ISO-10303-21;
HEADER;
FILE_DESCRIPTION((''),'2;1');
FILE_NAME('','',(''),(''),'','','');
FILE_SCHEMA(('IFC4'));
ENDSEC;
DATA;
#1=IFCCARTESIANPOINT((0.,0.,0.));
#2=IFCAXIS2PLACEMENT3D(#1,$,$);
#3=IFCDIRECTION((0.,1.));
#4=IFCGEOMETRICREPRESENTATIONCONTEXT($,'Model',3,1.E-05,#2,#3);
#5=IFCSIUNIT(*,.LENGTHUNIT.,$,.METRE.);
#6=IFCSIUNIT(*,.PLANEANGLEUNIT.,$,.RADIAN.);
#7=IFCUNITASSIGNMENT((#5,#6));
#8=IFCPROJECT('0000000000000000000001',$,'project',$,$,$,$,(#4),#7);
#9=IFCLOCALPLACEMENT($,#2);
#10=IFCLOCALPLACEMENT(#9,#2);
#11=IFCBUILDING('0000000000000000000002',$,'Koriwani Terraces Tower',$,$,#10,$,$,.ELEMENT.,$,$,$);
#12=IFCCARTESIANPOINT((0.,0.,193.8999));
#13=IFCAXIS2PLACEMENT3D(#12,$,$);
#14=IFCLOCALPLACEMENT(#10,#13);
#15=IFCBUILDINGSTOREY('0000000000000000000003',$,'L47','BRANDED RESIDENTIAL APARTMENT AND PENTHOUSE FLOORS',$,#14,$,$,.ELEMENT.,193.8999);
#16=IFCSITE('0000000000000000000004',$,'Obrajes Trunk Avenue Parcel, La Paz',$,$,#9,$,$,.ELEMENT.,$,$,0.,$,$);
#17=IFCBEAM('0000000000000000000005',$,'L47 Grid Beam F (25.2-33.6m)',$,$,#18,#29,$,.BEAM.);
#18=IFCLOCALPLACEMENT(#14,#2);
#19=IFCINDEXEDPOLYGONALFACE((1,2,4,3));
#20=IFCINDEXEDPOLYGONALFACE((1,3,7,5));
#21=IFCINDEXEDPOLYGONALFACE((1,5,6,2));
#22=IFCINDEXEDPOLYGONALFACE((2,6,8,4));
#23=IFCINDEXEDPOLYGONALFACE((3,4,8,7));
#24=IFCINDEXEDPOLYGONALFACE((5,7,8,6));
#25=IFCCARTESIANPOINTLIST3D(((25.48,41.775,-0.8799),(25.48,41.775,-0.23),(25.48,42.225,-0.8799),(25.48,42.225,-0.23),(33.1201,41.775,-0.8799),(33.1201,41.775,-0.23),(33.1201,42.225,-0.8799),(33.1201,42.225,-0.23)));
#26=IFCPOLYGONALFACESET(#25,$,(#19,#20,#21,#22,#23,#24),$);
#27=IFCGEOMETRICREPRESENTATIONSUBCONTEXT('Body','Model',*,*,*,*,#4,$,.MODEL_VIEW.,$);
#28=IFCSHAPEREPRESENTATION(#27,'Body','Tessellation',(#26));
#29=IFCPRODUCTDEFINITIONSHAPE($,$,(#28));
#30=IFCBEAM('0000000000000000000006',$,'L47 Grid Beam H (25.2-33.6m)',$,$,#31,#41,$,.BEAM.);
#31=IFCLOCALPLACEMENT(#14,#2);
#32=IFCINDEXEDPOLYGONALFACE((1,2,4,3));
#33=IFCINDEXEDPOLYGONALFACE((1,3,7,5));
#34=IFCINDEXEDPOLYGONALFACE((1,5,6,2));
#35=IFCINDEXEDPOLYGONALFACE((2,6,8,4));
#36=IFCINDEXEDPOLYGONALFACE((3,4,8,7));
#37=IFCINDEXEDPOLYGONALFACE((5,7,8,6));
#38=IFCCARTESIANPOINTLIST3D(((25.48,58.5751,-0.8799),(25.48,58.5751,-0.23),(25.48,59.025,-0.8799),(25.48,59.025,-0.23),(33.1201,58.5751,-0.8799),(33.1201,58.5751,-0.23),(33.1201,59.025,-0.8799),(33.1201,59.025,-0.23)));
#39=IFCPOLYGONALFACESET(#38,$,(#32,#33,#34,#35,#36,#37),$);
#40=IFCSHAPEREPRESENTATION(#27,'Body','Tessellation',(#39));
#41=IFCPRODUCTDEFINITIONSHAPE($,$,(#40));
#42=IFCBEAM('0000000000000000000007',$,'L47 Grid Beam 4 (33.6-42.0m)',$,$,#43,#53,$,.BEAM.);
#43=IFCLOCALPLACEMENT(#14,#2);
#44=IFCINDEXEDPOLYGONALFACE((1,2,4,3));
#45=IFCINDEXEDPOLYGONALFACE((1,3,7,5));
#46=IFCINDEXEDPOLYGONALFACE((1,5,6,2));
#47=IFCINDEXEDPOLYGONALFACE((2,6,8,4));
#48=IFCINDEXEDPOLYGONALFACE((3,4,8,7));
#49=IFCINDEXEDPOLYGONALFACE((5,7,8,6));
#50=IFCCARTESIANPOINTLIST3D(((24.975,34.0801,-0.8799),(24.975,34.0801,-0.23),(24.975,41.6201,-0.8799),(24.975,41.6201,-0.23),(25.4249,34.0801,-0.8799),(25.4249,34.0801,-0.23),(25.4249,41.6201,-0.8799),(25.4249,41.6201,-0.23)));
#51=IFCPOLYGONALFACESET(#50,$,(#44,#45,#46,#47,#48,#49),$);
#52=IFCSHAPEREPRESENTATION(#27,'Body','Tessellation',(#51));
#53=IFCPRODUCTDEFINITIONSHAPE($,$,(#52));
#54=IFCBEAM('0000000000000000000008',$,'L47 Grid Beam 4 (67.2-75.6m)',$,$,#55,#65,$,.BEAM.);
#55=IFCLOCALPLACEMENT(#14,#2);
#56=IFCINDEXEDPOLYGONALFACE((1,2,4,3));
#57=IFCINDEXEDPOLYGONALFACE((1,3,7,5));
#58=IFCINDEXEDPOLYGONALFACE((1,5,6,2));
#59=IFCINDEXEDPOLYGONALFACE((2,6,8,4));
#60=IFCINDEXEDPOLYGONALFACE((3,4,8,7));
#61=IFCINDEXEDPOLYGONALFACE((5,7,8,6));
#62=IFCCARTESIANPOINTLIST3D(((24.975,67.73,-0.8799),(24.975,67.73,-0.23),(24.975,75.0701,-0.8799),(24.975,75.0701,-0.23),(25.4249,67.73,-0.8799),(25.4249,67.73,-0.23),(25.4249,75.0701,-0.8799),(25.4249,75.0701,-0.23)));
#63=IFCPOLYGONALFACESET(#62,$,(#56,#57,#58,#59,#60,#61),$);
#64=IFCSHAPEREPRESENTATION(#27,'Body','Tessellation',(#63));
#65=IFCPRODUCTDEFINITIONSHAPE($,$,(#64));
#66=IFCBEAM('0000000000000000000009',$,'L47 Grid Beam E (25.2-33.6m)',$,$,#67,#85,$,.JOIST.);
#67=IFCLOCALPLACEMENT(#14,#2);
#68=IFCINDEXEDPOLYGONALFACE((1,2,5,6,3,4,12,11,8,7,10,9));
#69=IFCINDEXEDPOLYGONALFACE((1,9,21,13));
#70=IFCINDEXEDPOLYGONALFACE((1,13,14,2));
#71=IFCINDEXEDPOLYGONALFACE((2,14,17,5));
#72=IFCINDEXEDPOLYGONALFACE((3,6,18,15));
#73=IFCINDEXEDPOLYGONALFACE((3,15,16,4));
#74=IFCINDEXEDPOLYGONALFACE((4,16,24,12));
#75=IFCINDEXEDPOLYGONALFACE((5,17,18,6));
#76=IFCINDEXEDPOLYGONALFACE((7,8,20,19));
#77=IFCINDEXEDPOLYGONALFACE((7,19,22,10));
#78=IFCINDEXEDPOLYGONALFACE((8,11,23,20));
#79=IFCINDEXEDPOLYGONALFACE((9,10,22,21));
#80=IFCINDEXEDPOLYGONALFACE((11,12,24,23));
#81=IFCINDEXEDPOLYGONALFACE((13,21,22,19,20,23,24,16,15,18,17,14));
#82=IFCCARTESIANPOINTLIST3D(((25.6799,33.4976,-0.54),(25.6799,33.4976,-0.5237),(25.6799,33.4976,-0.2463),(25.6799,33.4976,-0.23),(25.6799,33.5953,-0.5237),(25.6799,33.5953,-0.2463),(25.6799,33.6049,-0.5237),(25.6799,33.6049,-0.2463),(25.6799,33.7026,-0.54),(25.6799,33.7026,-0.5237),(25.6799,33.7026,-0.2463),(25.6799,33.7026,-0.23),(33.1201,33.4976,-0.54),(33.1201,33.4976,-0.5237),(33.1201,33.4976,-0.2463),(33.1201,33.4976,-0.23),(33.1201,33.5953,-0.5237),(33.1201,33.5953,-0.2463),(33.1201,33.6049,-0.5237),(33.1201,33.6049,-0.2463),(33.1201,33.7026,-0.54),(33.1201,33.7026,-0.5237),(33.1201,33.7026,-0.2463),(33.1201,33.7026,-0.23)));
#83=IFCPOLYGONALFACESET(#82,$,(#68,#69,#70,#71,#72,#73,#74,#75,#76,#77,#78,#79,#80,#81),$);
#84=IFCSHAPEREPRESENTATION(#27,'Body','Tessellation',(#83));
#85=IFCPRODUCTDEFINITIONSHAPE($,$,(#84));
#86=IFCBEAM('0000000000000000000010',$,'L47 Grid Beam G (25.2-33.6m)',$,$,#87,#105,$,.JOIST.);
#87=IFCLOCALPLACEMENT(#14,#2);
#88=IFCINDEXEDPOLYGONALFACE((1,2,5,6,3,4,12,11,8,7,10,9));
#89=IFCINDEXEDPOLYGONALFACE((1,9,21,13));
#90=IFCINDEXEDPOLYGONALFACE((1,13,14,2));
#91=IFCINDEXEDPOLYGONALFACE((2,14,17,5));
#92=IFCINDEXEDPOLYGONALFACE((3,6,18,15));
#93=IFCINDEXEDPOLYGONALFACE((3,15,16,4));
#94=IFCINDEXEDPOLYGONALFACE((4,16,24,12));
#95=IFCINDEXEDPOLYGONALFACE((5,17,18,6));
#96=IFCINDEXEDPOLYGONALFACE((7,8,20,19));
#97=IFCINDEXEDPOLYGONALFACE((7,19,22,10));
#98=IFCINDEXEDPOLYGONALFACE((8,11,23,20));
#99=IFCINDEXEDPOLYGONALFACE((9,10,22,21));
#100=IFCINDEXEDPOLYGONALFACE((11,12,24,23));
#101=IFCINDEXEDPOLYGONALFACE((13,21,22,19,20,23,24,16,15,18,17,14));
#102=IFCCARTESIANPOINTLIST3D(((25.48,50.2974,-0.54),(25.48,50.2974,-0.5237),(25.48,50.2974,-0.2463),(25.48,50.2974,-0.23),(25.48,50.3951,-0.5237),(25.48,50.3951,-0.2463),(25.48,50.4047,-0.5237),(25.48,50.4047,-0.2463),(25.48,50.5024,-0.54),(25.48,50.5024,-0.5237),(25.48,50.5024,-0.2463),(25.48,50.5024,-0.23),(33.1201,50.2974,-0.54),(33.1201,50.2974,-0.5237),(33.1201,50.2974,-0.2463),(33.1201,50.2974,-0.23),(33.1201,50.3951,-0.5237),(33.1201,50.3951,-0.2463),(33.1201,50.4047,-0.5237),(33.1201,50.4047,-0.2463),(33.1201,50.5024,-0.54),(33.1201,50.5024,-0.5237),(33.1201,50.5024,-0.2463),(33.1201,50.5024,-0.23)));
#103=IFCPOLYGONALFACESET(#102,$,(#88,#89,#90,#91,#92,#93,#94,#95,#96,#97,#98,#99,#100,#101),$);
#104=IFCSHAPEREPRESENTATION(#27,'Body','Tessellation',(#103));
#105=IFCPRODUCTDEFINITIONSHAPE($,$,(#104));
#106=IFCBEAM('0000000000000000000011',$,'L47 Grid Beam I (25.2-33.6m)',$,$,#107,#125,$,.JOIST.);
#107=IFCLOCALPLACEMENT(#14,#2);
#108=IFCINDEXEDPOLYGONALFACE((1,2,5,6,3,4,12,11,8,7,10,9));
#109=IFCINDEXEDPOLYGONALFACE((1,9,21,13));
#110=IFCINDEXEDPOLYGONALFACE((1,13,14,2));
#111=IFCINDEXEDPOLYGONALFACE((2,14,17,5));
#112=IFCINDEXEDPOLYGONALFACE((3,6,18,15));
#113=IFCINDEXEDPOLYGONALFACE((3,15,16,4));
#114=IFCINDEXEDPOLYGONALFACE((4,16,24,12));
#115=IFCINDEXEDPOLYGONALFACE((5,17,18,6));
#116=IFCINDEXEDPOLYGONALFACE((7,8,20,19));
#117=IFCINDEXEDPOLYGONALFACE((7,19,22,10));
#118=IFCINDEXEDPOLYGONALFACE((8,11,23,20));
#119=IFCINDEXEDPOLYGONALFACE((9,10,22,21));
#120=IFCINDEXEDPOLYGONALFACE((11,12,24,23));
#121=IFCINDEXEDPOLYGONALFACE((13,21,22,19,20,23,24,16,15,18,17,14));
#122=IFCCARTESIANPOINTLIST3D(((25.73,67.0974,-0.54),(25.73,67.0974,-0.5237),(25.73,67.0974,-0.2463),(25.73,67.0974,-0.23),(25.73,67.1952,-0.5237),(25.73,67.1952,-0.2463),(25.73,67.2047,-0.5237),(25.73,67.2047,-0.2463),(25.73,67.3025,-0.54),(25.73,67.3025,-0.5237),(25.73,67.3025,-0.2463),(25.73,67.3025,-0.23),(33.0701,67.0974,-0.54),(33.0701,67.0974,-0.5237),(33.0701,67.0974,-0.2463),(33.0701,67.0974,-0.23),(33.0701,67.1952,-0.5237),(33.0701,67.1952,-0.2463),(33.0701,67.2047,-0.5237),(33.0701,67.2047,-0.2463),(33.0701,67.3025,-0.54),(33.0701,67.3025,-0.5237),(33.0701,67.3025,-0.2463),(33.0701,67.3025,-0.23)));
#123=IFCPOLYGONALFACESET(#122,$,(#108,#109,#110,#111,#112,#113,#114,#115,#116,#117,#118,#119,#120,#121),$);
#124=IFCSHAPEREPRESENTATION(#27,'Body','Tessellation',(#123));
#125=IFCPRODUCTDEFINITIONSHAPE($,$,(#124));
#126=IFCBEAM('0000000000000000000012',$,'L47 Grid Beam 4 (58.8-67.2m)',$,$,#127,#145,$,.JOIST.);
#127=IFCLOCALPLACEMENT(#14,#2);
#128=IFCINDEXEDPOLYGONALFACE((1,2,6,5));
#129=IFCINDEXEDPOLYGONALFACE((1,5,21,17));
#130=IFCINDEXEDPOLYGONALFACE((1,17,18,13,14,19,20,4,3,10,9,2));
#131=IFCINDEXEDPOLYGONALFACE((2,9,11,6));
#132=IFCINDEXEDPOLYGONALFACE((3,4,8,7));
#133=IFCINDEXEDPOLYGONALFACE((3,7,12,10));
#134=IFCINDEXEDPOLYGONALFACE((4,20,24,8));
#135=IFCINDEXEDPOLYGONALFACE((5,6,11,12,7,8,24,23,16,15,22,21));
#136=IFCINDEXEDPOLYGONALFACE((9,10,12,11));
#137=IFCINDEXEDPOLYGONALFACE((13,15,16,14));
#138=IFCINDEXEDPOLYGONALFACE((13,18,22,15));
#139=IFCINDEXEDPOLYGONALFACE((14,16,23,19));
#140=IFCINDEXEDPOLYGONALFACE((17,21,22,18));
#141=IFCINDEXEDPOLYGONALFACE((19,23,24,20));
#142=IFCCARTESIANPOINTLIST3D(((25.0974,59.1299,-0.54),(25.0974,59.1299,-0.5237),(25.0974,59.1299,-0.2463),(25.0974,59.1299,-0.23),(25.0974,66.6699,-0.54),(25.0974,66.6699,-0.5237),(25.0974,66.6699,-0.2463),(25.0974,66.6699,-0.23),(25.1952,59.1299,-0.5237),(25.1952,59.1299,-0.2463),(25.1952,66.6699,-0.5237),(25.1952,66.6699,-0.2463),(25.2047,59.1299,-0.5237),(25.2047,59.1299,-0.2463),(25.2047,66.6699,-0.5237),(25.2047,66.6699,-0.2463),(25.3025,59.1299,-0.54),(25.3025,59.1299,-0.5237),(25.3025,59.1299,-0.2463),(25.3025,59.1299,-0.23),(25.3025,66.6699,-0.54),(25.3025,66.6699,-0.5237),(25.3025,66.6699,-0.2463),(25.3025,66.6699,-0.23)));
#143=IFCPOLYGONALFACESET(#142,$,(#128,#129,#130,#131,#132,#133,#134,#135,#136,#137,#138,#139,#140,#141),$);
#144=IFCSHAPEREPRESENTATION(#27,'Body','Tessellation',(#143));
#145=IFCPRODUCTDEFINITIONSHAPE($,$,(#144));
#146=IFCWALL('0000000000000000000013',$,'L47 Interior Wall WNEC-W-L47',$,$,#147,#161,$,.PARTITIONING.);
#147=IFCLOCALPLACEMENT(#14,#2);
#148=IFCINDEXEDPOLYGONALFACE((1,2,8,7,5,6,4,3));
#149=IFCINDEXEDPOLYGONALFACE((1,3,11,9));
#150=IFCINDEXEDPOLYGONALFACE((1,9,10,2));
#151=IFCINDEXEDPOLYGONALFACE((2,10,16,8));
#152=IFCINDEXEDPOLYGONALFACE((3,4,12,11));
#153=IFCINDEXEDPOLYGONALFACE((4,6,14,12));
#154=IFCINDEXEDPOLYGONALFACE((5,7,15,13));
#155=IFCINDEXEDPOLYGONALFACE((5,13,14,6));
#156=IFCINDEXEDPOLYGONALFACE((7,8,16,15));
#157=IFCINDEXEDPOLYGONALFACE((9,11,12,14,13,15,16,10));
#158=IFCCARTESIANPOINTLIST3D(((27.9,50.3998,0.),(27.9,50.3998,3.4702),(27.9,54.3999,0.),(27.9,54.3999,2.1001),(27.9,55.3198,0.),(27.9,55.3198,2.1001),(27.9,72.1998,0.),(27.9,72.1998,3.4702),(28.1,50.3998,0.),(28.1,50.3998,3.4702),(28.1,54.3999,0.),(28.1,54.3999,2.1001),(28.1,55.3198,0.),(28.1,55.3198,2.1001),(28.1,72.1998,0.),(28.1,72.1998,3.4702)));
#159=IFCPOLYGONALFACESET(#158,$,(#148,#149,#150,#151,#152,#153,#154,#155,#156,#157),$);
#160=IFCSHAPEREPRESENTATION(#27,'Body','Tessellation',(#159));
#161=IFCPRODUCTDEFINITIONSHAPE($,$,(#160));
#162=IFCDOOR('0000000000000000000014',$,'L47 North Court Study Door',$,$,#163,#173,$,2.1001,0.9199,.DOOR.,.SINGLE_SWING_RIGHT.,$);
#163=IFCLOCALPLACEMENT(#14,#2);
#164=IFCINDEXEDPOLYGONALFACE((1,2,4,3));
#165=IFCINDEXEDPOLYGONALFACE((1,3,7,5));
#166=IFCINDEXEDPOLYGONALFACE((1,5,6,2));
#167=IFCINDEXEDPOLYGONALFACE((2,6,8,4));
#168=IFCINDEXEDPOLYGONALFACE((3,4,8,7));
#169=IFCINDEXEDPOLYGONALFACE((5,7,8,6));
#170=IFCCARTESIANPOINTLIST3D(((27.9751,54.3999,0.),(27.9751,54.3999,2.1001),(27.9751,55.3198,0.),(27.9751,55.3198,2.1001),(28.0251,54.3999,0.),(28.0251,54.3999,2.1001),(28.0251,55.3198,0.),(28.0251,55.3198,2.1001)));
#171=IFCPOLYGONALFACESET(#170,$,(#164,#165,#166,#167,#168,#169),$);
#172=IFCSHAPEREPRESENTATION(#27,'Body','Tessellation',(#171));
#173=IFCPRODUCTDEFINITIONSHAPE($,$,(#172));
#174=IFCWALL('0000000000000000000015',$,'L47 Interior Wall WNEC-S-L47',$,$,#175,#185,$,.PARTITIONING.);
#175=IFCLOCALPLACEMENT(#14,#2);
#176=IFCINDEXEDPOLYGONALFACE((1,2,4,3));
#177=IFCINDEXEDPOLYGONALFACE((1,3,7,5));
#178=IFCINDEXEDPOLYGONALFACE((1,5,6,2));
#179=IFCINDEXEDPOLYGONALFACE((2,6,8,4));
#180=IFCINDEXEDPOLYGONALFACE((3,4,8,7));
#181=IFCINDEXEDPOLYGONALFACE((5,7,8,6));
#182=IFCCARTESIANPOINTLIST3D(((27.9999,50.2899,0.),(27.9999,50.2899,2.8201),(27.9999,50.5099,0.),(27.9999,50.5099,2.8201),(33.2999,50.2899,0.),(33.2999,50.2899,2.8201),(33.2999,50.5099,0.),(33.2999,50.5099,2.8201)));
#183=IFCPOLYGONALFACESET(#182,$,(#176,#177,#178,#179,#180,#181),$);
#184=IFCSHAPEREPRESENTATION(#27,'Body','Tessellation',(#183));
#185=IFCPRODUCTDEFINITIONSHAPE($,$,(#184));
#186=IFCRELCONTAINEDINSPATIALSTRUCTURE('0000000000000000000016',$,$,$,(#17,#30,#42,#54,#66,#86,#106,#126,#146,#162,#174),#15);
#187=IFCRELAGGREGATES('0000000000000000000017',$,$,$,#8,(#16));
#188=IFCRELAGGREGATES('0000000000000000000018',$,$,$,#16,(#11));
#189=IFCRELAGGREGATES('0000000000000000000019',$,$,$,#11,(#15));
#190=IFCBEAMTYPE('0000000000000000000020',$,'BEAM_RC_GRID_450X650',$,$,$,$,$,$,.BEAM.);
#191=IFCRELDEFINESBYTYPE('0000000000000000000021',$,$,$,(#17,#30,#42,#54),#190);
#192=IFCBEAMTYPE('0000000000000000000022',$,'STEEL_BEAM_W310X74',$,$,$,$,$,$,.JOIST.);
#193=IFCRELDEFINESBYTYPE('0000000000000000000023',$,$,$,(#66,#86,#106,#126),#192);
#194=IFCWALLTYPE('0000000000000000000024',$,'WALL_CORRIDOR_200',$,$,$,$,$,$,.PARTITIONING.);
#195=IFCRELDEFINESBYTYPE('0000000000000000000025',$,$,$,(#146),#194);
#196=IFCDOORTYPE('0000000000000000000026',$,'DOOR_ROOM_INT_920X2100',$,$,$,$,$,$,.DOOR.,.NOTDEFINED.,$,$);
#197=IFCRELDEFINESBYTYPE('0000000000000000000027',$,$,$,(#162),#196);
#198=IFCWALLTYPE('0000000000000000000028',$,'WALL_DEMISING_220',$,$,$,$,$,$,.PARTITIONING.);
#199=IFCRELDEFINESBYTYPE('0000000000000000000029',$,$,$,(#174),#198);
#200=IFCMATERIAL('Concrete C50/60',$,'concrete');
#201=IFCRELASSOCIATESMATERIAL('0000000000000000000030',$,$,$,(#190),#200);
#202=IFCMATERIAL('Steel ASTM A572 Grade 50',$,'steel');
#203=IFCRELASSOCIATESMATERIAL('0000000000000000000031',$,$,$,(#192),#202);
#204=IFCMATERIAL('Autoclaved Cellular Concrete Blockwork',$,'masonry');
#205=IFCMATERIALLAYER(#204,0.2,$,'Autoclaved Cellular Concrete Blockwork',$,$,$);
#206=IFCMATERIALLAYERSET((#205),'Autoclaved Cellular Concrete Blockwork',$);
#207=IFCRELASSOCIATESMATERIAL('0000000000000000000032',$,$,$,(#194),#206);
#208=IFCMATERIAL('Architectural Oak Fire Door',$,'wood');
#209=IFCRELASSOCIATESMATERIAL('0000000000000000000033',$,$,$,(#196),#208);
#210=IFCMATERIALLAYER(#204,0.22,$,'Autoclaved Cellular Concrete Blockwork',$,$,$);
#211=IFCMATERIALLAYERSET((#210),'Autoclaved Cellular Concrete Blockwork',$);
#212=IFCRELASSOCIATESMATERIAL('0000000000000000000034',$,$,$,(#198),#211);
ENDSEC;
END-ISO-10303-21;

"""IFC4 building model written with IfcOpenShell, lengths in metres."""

from ifc_helpers import new_model, si_unit, direction, frame, frame_2d, origin, origin_2d, place, context, subcontext, project, spatial, rectangle, i_section, extrude, material, layer, layer_set, material_profile, profile_set, type_object, element, fill, save


model = new_model("IFC4")

# Units and contexts
model_context = context("Model", 3, precision=1e-05, world=origin(), true_north=direction((0.0, 1.0)))
body_context = subcontext(model_context, "Body", "Model", "MODEL_VIEW")
ifc_project = project(units=[si_unit("LENGTHUNIT", "METRE"), si_unit("PLANEANGLEUNIT", "RADIAN")], contexts=[model_context])

# Site, building, storey
site_placement = place(None, origin())
site = spatial("IfcSite", under=ifc_project, at=site_placement, Name="Obrajes Trunk Avenue Parcel, La Paz", CompositionType="ELEMENT", RefElevation=0.0)
building_placement = place(site_placement, origin())
building = spatial("IfcBuilding", under=site, at=building_placement, Name="Koriwani Terraces Tower", CompositionType="ELEMENT")
storey_placement = place(building_placement, frame((0.0, 0.0, 193.8999)))
storey = spatial("IfcBuildingStorey", under=building, at=storey_placement, Name="L47", Description="BRANDED RESIDENTIAL APARTMENT AND PENTHOUSE FLOORS", CompositionType="ELEMENT", Elevation=193.8999)

# Beams
ifc_material_1 = material(Name="Concrete C50/60", Category="concrete")
ifc_material_profile_1 = material_profile(ifc_material_1, rectangle(XDim=0.45, YDim=0.6499, at=origin_2d()), Name="Concrete C50/60", Category="LoadBearing")
ifc_profile_set_1 = profile_set([ifc_material_profile_1], Name="Concrete C50/60")
beam_type_1 = type_object("IfcBeamType", Name="BEAM_RC_GRID_450X650", PredefinedType="BEAM", material=ifc_profile_set_1)
for number, where, z_axis, x_axis, name in (
    (1, (25.48, 42.0, -0.5549), (1.0, 0.0, 0.0), (0.0, 1.0, 0.0), "L47 Grid Beam F (25.2-33.6m)"),
    (2, (25.48, 58.8, -0.5549), (1.0, 0.0, 0.0), (0.0, 1.0, 0.0), "L47 Grid Beam H (25.2-33.6m)"),
):
    element("IfcBeam", number, at=place(storey_placement, frame(where, z_axis=z_axis, x_axis=x_axis)), inside=storey, type_object=beam_type_1, Name=name, PredefinedType="BEAM", context=body_context, shape_type="SweptSolid", body=[
        extrude(rectangle(XDim=0.45, YDim=0.6499, at=origin_2d()), origin(), (0.0, 0.0, 1.0), 7.6401),
    ])
beam_1_placement = place(storey_placement, frame((25.2, 34.0801, -0.5549), z_axis=(0.0, 1.0, 0.0), x_axis=(-1.0, 0.0, 0.0)))
element("IfcBeam", 3, at=beam_1_placement, inside=storey, type_object=beam_type_1, Name="L47 Grid Beam 4 (33.6-42.0m)", PredefinedType="BEAM", context=body_context, shape_type="SweptSolid", body=[
    extrude(rectangle(XDim=0.45, YDim=0.6499, at=origin_2d()), origin(), (0.0, 0.0, 1.0), 7.54),
])
beam_2_placement = place(storey_placement, frame((25.2, 67.73, -0.5549), z_axis=(0.0, 1.0, 0.0), x_axis=(-1.0, 0.0, 0.0)))
element("IfcBeam", 4, at=beam_2_placement, inside=storey, type_object=beam_type_1, Name="L47 Grid Beam 4 (67.2-75.6m)", PredefinedType="BEAM", context=body_context, shape_type="SweptSolid", body=[
    extrude(rectangle(XDim=0.45, YDim=0.6499, at=origin_2d()), origin(), (0.0, 0.0, 1.0), 7.3401),
])
ifc_material_2 = material(Name="Steel ASTM A572 Grade 50", Category="steel")
ifc_material_profile_2 = material_profile(ifc_material_2, i_section(OverallWidth=0.2051, OverallDepth=0.3101, WebThickness=0.0095, FlangeThickness=0.0164, at=origin_2d()), Name="Steel ASTM A572 Grade 50", Category="LoadBearing")
ifc_profile_set_2 = profile_set([ifc_material_profile_2], Name="Steel ASTM A572 Grade 50")
beam_type_2 = type_object("IfcBeamType", Name="STEEL_BEAM_W310X74", PredefinedType="JOIST", material=ifc_profile_set_2)
beam_3_placement = place(storey_placement, frame((25.6799, 33.6001, -0.385), z_axis=(1.0, 0.0, 0.0), x_axis=(0.0, 1.0, 0.0)))
element("IfcBeam", 5, at=beam_3_placement, inside=storey, type_object=beam_type_2, Name="L47 Grid Beam E (25.2-33.6m)", PredefinedType="JOIST", context=body_context, shape_type="SweptSolid", body=[
    extrude(i_section(OverallWidth=0.2051, OverallDepth=0.3101, WebThickness=0.0095, FlangeThickness=0.0164, at=origin_2d()), origin(), (0.0, 0.0, 1.0), 7.4402),
])
beam_4_placement = place(storey_placement, frame((25.48, 50.3999, -0.385), z_axis=(1.0, 0.0, 0.0), x_axis=(0.0, 1.0, 0.0)))
element("IfcBeam", 6, at=beam_4_placement, inside=storey, type_object=beam_type_2, Name="L47 Grid Beam G (25.2-33.6m)", PredefinedType="JOIST", context=body_context, shape_type="SweptSolid", body=[
    extrude(i_section(OverallWidth=0.2051, OverallDepth=0.3101, WebThickness=0.0095, FlangeThickness=0.0164, at=origin_2d()), origin(), (0.0, 0.0, 1.0), 7.6401),
])
beam_5_placement = place(storey_placement, frame((25.73, 67.2, -0.385), z_axis=(1.0, 0.0, 0.0), x_axis=(0.0, 1.0, 0.0)))
element("IfcBeam", 7, at=beam_5_placement, inside=storey, type_object=beam_type_2, Name="L47 Grid Beam I (25.2-33.6m)", PredefinedType="JOIST", context=body_context, shape_type="SweptSolid", body=[
    extrude(i_section(OverallWidth=0.2051, OverallDepth=0.3101, WebThickness=0.0095, FlangeThickness=0.0164, at=origin_2d()), origin(), (0.0, 0.0, 1.0), 7.3401),
])
beam_6_placement = place(storey_placement, frame((25.2, 59.1299, -0.385), z_axis=(0.0, 1.0, 0.0), x_axis=(-1.0, 0.0, 0.0)))
element("IfcBeam", 8, at=beam_6_placement, inside=storey, type_object=beam_type_2, Name="L47 Grid Beam 4 (58.8-67.2m)", PredefinedType="JOIST", context=body_context, shape_type="SweptSolid", body=[
    extrude(i_section(OverallWidth=0.2051, OverallDepth=0.3101, WebThickness=0.0095, FlangeThickness=0.0164, at=origin_2d()), origin(), (0.0, 0.0, 1.0), 7.54),
])

# Wall, opening, door
ifc_material_3 = material(Name="Autoclaved Cellular Concrete Blockwork", Category="masonry")
ifc_layer_1 = layer(ifc_material_3, 0.2, Name="Autoclaved Cellular Concrete Blockwork")
ifc_layer_set_1 = layer_set([ifc_layer_1], Name="Autoclaved Cellular Concrete Blockwork")
wall_type_1 = type_object("IfcWallType", Name="WALL_CORRIDOR_200", PredefinedType="PARTITIONING", material=ifc_layer_set_1)
wall_1_placement = place(storey_placement, frame((28.0, 50.3999, 0.0), z_axis=(0.0, 0.0, 1.0), x_axis=(0.0, 1.0, 0.0)))
wall_1 = element("IfcWall", 9, at=wall_1_placement, inside=storey, type_object=wall_type_1, Name="L47 Interior Wall WNEC-W-L47", PredefinedType="PARTITIONING", context=body_context, shape_type="SweptSolid", body=[
    extrude(rectangle(XDim=21.8, YDim=0.2, at=frame_2d((10.8999, 0.0))), origin(), (0.0, 0.0, 1.0), 3.4702),
])
opening_1_placement = place(wall_1_placement, frame((4.0, 0.0, 0.0)))
opening_1 = element("IfcOpeningElement", 10, at=opening_1_placement, cuts=wall_1, PredefinedType="OPENING", context=body_context, shape_type="SweptSolid", body=[
    extrude(rectangle(XDim=0.9199, YDim=2.1001, at=frame_2d((0.46, 1.05))), frame((0.0, 0.1099, 0.0), z_axis=(0.0, -1.0, 0.0), x_axis=(1.0, 0.0, 0.0)), (0.0, 0.0, 1.0), 0.22),
])
ifc_material_4 = material(Name="Architectural Oak Fire Door", Category="wood")
door_type_1 = type_object("IfcDoorType", Name="DOOR_ROOM_INT_920X2100", OperationType="NOTDEFINED", PredefinedType="DOOR", material=ifc_material_4)
door_1_placement = place(opening_1_placement, origin())
door_1 = element("IfcDoor", 11, at=door_1_placement, inside=storey, type_object=door_type_1, Name="L47 North Court Study Door", OperationType="SINGLE_SWING_RIGHT", OverallHeight=2.1001, OverallWidth=0.9199, PredefinedType="DOOR", context=body_context, shape_type="SweptSolid", body=[
    extrude(rectangle(XDim=0.9199, YDim=2.1001, at=frame_2d((0.46, 1.05))), frame((0.0, 0.0249, 0.0), z_axis=(0.0, -1.0, 0.0), x_axis=(1.0, 0.0, 0.0)), (0.0, 0.0, 1.0), 0.05),
])
fill(opening_1, door_1)

# Wall
ifc_layer_2 = layer(ifc_material_3, 0.22, Name="Autoclaved Cellular Concrete Blockwork")
ifc_layer_set_2 = layer_set([ifc_layer_2], Name="Autoclaved Cellular Concrete Blockwork")
wall_type_2 = type_object("IfcWallType", Name="WALL_DEMISING_220", PredefinedType="PARTITIONING", material=ifc_layer_set_2)
wall_2_placement = place(storey_placement, frame((28.0, 50.3999, 0.0), z_axis=(0.0, 0.0, 1.0), x_axis=(1.0, 0.0, 0.0)))
element("IfcWall", 12, at=wall_2_placement, inside=storey, type_object=wall_type_2, Name="L47 Interior Wall WNEC-S-L47", PredefinedType="PARTITIONING", context=body_context, shape_type="SweptSolid", body=[
    extrude(rectangle(XDim=5.3, YDim=0.22, at=frame_2d((2.6499, 0.0))), origin(), (0.0, 0.0, 1.0), 2.8201),
])

save(model, "model.ifc")
